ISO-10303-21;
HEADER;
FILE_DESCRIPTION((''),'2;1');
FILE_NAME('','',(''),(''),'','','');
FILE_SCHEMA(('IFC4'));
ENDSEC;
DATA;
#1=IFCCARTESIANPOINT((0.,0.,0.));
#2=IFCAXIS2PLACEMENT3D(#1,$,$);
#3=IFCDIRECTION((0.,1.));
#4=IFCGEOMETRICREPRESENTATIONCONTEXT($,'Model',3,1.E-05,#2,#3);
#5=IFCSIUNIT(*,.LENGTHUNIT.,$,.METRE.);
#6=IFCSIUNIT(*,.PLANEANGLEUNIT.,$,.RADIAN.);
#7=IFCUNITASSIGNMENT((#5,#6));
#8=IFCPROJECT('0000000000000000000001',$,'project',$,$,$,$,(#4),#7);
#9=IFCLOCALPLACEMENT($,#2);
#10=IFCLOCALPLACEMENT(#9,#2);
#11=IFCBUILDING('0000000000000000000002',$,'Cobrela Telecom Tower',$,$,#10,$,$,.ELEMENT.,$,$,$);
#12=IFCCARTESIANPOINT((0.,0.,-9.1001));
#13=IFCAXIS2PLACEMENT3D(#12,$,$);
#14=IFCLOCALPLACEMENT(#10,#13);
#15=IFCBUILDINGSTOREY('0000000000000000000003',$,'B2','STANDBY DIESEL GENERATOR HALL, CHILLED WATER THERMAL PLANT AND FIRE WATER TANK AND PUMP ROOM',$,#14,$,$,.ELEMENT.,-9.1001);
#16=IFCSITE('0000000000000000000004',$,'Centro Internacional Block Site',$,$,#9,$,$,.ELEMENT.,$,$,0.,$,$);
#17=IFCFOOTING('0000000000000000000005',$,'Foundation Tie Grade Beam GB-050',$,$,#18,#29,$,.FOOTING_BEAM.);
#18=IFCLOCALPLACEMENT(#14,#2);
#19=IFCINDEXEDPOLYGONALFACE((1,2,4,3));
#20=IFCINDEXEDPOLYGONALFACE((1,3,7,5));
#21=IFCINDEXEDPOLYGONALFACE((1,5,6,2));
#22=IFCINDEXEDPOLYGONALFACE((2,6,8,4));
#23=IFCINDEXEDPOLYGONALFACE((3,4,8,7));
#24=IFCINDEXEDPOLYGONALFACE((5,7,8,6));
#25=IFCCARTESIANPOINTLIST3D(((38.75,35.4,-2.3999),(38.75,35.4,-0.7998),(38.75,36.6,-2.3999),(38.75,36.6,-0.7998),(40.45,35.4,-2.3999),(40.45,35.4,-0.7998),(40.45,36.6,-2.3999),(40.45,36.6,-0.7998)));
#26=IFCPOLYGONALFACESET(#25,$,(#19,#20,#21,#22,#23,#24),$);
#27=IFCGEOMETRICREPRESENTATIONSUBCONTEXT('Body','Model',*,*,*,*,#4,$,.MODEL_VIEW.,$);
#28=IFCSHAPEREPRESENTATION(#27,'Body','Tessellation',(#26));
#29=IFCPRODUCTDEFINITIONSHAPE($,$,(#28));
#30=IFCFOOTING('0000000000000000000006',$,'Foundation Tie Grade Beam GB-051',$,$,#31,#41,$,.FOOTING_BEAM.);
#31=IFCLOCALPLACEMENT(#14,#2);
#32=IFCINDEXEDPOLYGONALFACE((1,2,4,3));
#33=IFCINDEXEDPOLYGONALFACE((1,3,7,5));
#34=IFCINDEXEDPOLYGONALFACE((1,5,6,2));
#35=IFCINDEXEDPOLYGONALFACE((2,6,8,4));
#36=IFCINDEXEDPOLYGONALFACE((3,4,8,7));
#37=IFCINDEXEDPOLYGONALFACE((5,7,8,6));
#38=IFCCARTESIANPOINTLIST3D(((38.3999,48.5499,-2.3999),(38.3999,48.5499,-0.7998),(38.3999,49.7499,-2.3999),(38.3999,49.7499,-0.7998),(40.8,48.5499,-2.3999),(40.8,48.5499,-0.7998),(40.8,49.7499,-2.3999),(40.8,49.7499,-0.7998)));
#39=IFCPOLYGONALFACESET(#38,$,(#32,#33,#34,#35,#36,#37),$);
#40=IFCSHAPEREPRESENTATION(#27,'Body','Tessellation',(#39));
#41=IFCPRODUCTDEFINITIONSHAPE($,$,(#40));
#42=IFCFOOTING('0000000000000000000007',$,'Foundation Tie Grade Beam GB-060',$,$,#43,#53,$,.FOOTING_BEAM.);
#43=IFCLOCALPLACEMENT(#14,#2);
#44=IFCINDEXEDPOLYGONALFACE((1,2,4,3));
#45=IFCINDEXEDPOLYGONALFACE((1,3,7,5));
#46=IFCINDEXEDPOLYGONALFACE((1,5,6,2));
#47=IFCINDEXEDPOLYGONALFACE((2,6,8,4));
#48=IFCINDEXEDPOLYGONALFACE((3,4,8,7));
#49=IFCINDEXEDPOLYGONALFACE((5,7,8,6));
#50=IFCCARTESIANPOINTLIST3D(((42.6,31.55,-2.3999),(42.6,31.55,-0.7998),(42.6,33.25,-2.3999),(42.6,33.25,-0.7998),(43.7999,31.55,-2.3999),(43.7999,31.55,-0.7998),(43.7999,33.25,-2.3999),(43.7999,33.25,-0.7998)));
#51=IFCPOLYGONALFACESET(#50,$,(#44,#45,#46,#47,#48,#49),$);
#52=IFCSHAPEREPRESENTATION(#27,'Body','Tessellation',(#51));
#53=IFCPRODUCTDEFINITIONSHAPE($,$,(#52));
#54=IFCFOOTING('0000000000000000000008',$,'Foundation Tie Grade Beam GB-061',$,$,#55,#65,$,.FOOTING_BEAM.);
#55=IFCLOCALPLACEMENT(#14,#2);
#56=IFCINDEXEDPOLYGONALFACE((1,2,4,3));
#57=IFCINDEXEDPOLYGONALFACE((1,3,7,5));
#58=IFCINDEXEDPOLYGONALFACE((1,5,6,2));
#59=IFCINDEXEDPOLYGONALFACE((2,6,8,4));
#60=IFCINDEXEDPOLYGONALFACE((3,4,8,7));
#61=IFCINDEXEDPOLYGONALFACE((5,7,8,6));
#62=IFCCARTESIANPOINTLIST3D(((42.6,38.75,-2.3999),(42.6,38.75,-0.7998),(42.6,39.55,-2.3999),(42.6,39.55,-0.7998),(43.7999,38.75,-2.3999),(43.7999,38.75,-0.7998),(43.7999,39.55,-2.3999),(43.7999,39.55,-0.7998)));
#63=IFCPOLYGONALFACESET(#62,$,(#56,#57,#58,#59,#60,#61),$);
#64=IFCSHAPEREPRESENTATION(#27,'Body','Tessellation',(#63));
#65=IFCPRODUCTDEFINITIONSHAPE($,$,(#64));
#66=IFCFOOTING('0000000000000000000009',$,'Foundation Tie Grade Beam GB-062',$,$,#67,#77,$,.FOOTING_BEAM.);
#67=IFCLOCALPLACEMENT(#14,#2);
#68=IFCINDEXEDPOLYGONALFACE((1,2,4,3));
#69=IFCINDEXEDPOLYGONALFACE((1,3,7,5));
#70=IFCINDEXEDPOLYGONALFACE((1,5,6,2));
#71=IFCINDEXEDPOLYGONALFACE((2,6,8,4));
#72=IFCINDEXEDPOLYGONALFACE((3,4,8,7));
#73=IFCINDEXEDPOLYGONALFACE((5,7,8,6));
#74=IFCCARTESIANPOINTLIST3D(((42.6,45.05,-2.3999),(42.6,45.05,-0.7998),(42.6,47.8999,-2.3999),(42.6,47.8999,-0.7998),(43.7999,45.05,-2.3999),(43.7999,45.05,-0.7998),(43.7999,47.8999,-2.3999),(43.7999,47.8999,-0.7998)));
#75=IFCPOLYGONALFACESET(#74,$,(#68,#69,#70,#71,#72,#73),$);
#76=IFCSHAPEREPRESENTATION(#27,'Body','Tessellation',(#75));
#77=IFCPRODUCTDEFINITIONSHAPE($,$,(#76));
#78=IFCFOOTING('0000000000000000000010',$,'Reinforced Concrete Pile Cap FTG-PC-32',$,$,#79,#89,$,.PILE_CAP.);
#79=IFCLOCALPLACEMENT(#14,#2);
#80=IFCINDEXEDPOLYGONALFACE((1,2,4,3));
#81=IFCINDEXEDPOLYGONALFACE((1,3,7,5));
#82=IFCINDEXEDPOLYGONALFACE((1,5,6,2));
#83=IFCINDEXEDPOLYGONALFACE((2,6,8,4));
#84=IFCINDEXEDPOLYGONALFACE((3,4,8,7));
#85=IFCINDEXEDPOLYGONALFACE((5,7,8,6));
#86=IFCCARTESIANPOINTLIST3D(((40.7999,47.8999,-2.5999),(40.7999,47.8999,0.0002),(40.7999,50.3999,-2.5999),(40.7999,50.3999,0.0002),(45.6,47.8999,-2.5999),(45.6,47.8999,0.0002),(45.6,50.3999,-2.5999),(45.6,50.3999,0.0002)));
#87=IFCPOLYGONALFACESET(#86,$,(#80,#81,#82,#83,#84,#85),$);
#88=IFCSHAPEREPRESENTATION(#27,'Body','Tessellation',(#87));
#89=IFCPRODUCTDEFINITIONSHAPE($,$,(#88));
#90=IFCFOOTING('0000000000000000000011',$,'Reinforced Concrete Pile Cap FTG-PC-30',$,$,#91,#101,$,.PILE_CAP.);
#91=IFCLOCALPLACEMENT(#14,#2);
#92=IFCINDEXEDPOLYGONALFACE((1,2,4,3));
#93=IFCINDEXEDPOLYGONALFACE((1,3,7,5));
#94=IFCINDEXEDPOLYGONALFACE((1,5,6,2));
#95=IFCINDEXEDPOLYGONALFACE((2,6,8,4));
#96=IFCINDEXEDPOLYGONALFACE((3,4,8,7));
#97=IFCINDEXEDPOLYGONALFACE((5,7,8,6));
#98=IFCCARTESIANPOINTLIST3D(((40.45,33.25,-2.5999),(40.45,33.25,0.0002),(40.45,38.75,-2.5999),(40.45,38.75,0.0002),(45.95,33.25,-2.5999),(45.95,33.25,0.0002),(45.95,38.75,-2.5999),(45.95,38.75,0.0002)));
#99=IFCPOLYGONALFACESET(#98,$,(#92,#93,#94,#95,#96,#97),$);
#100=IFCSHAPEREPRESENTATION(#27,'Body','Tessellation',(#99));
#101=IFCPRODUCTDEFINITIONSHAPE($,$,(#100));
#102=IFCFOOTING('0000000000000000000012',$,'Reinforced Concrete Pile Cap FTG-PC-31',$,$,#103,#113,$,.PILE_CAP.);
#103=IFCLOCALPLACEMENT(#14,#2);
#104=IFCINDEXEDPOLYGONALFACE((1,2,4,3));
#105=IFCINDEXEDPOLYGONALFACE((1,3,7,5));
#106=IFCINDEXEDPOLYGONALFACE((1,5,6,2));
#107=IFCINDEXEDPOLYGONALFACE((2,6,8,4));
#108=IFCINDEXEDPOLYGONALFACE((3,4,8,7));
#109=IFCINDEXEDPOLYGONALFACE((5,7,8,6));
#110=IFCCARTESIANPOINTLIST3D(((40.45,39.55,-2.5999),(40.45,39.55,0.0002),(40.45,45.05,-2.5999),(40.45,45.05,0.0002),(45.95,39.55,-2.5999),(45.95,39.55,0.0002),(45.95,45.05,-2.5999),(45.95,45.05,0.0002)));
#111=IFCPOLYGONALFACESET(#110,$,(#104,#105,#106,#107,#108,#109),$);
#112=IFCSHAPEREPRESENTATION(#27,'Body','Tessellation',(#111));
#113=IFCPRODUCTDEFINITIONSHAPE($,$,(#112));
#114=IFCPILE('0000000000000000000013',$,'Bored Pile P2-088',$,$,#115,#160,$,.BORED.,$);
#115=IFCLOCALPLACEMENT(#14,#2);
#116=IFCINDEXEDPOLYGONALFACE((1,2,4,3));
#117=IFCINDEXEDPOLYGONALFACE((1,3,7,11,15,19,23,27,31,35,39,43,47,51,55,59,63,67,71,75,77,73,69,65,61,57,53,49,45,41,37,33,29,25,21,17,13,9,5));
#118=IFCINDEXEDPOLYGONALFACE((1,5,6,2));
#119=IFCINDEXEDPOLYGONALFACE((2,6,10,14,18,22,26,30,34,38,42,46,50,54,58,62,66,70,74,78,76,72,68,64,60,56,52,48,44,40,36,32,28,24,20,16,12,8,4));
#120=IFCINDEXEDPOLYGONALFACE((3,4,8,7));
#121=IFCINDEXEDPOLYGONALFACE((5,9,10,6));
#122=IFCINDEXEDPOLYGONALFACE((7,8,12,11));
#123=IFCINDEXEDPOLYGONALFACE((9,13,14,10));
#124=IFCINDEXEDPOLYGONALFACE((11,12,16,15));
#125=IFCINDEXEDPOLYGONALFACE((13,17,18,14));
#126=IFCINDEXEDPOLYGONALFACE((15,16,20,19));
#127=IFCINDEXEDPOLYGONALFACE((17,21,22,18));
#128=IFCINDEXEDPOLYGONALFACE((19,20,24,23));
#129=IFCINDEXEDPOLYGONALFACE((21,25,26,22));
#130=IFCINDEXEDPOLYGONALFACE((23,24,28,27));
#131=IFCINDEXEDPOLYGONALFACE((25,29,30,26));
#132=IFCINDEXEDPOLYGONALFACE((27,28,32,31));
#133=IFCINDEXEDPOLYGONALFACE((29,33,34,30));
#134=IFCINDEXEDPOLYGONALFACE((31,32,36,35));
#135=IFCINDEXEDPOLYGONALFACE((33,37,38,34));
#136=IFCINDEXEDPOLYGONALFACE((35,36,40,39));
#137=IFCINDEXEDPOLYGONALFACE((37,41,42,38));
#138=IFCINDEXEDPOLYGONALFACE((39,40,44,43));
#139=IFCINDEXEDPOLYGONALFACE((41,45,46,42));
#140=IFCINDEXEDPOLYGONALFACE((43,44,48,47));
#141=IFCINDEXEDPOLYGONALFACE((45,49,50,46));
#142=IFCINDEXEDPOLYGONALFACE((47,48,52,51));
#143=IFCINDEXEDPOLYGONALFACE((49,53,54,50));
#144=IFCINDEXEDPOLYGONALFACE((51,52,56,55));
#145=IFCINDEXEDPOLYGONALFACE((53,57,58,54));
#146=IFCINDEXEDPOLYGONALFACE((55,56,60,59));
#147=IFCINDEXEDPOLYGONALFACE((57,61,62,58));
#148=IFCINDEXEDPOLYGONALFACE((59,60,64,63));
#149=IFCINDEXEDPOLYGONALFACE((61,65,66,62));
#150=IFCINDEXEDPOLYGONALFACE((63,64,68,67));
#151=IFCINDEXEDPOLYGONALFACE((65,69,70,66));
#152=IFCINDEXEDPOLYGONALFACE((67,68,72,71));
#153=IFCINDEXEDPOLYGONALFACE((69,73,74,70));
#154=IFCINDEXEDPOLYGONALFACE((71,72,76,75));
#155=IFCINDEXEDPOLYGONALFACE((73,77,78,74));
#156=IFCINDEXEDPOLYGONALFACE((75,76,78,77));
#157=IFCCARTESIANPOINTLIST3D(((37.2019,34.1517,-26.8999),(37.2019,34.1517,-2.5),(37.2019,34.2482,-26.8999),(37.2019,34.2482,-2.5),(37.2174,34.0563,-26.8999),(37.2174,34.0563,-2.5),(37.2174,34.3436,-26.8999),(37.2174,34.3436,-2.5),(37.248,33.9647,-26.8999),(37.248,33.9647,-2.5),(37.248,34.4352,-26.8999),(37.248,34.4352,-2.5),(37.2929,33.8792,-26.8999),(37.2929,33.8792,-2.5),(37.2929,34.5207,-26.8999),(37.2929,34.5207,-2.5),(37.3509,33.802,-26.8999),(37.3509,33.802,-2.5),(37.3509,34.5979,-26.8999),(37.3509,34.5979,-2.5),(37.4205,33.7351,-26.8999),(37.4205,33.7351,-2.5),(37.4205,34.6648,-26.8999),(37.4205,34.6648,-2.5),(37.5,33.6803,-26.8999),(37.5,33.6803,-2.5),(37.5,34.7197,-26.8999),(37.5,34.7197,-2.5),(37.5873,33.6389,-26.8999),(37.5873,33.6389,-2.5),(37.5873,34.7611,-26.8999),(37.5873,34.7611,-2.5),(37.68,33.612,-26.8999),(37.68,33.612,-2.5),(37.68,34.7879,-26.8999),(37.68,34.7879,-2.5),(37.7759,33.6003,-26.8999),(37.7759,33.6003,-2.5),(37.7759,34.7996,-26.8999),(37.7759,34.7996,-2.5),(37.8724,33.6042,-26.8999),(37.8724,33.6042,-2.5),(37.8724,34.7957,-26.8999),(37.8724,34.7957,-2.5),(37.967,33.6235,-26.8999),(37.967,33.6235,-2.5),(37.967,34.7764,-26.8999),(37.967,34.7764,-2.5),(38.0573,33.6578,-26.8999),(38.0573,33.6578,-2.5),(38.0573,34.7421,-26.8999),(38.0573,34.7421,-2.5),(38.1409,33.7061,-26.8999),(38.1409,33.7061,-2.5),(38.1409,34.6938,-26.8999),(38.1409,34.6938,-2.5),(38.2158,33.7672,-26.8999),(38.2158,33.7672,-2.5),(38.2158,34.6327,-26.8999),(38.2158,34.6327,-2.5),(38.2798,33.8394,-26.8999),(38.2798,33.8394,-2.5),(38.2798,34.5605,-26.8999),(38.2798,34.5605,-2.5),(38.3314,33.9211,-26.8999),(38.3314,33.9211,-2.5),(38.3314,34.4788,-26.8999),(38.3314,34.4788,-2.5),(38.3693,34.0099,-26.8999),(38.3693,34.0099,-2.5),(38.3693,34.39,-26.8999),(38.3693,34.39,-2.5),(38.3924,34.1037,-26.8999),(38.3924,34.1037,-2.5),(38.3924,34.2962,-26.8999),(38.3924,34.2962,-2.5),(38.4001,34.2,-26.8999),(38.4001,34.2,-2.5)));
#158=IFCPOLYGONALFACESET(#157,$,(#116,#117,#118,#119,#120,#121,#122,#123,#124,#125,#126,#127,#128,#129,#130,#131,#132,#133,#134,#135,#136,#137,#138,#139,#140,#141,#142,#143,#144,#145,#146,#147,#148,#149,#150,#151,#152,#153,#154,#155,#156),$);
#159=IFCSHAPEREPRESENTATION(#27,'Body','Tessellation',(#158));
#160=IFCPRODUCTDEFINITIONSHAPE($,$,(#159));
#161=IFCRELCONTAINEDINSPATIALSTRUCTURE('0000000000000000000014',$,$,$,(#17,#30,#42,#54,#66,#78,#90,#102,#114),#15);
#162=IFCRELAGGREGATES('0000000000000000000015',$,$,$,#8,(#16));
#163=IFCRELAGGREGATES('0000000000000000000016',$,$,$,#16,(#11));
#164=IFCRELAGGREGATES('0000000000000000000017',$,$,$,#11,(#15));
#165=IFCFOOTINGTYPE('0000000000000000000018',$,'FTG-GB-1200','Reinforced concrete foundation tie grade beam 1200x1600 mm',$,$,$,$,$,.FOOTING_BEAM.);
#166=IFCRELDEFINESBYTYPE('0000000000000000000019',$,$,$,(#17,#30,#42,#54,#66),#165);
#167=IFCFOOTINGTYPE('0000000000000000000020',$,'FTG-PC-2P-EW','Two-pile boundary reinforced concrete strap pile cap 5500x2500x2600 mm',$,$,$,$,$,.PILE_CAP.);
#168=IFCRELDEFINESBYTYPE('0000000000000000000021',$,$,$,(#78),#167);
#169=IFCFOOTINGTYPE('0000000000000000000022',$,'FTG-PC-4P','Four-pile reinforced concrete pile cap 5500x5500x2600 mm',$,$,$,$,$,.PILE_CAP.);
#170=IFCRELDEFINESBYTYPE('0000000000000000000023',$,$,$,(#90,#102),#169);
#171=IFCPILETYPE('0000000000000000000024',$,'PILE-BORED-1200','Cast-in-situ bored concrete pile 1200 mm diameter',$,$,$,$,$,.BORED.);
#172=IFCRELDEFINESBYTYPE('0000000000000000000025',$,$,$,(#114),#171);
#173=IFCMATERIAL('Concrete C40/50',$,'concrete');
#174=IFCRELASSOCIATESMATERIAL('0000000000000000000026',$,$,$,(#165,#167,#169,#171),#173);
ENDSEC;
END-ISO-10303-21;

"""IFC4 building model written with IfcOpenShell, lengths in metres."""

from ifc_helpers import new_model, si_unit, direction, frame, origin, origin_2d, place, context, subcontext, project, spatial, rectangle, circle, extrude, material, material_profile, profile_set, type_object, element, save


model = new_model("IFC4")

# Units and contexts
model_context = context("Model", 3, precision=1e-05, world=origin(), true_north=direction((0.0, 1.0)))
body_context = subcontext(model_context, "Body", "Model", "MODEL_VIEW")
ifc_project = project(units=[si_unit("LENGTHUNIT", "METRE"), si_unit("PLANEANGLEUNIT", "RADIAN")], contexts=[model_context])

# Site, building, storey
site_placement = place(None, origin())
site = spatial("IfcSite", under=ifc_project, at=site_placement, Name="Centro Internacional Block Site", CompositionType="ELEMENT", RefElevation=0.0)
building_placement = place(site_placement, origin())
building = spatial("IfcBuilding", under=site, at=building_placement, Name="Cobrela Telecom Tower", CompositionType="ELEMENT")
storey_placement = place(building_placement, frame((0.0, 0.0, -9.1001)))
storey = spatial("IfcBuildingStorey", under=building, at=storey_placement, Name="B2", Description="STANDBY DIESEL GENERATOR HALL, CHILLED WATER THERMAL PLANT AND FIRE WATER TANK AND PUMP ROOM", CompositionType="ELEMENT", Elevation=-9.1001)

# Footings
ifc_material_1 = material(Name="Concrete C40/50", Category="concrete")
ifc_material_profile_1 = material_profile(ifc_material_1, rectangle(XDim=1.2, YDim=1.6001, at=origin_2d()), Name="GB 1200x1600")
ifc_profile_set_1 = profile_set([ifc_material_profile_1], Name="Concrete C40/50")
footing_type_1 = type_object("IfcFootingType", Name="FTG-GB-1200", Description="Reinforced concrete foundation tie grade beam 1200x1600 mm", PredefinedType="FOOTING_BEAM", material=ifc_profile_set_1)
footing_1_placement = place(storey_placement, frame((38.75, 36.0, -1.5999), z_axis=(1.0, 0.0, 0.0), x_axis=(0.0, 1.0, 0.0)))
element("IfcFooting", 1, at=footing_1_placement, inside=storey, type_object=footing_type_1, Name="Foundation Tie Grade Beam GB-050", PredefinedType="FOOTING_BEAM", context=body_context, shape_type="SweptSolid", body=[
    extrude(rectangle(XDim=1.2, YDim=1.6001, at=origin_2d()), origin(), (0.0, 0.0, 1.0), 1.7),
])
footing_2_placement = place(storey_placement, frame((38.3999, 49.1499, -1.5999), z_axis=(1.0, 0.0, 0.0), x_axis=(0.0, 1.0, 0.0)))
element("IfcFooting", 2, at=footing_2_placement, inside=storey, type_object=footing_type_1, Name="Foundation Tie Grade Beam GB-051", PredefinedType="FOOTING_BEAM", context=body_context, shape_type="SweptSolid", body=[
    extrude(rectangle(XDim=1.2, YDim=1.6001, at=origin_2d()), origin(), (0.0, 0.0, 1.0), 2.4001),
])
footing_3_placement = place(storey_placement, frame((43.2, 31.55, -1.5999), z_axis=(0.0, 1.0, 0.0), x_axis=(-1.0, 0.0, 0.0)))
element("IfcFooting", 3, at=footing_3_placement, inside=storey, type_object=footing_type_1, Name="Foundation Tie Grade Beam GB-060", PredefinedType="FOOTING_BEAM", context=body_context, shape_type="SweptSolid", body=[
    extrude(rectangle(XDim=1.2, YDim=1.6001, at=origin_2d()), origin(), (0.0, 0.0, 1.0), 1.7),
])
footing_4_placement = place(storey_placement, frame((43.2, 38.75, -1.5999), z_axis=(0.0, 1.0, 0.0), x_axis=(-1.0, 0.0, 0.0)))
element("IfcFooting", 4, at=footing_4_placement, inside=storey, type_object=footing_type_1, Name="Foundation Tie Grade Beam GB-061", PredefinedType="FOOTING_BEAM", context=body_context, shape_type="SweptSolid", body=[
    extrude(rectangle(XDim=1.2, YDim=1.6001, at=origin_2d()), origin(), (0.0, 0.0, 1.0), 0.8),
])
footing_5_placement = place(storey_placement, frame((43.2, 45.05, -1.5999), z_axis=(0.0, 1.0, 0.0), x_axis=(-1.0, 0.0, 0.0)))
element("IfcFooting", 5, at=footing_5_placement, inside=storey, type_object=footing_type_1, Name="Foundation Tie Grade Beam GB-062", PredefinedType="FOOTING_BEAM", context=body_context, shape_type="SweptSolid", body=[
    extrude(rectangle(XDim=1.2, YDim=1.6001, at=origin_2d()), origin(), (0.0, 0.0, 1.0), 2.8499),
])
footing_type_2 = type_object("IfcFootingType", Name="FTG-PC-2P-EW", Description="Two-pile boundary reinforced concrete strap pile cap 5500x2500x2600 mm", PredefinedType="PILE_CAP", material=ifc_material_1)
footing_6_placement = place(storey_placement, frame((43.2, 49.1499, -2.5999), z_axis=(0.0, 0.0, 1.0), x_axis=(1.0, 0.0, 0.0)))
element("IfcFooting", 6, at=footing_6_placement, inside=storey, type_object=footing_type_2, Name="Reinforced Concrete Pile Cap FTG-PC-32", PredefinedType="PILE_CAP", context=body_context, shape_type="SweptSolid", body=[
    extrude(rectangle(XDim=4.8, YDim=2.5, at=origin_2d()), origin(), (0.0, 0.0, 1.0), 2.6001),
])
footing_type_3 = type_object("IfcFootingType", Name="FTG-PC-4P", Description="Four-pile reinforced concrete pile cap 5500x5500x2600 mm", PredefinedType="PILE_CAP", material=ifc_material_1)
for number, where, z_axis, x_axis, name in (
    (7, (43.2, 36.0, -2.5999), (0.0, 0.0, 1.0), (1.0, 0.0, 0.0), "Reinforced Concrete Pile Cap FTG-PC-30"),
    (8, (43.2, 42.3, -2.5999), (0.0, 0.0, 1.0), (1.0, 0.0, 0.0), "Reinforced Concrete Pile Cap FTG-PC-31"),
):
    element("IfcFooting", number, at=place(storey_placement, frame(where, z_axis=z_axis, x_axis=x_axis)), inside=storey, type_object=footing_type_3, Name=name, PredefinedType="PILE_CAP", context=body_context, shape_type="SweptSolid", body=[
        extrude(rectangle(XDim=5.5, YDim=5.5, at=origin_2d()), origin(), (0.0, 0.0, 1.0), 2.6001),
    ])

# Pile
ifc_material_profile_2 = material_profile(ifc_material_1, circle(Radius=0.6001, at=origin_2d()), Name="BORED PILE D1200")
ifc_profile_set_2 = profile_set([ifc_material_profile_2], Name="Concrete C40/50")
pile_type = type_object("IfcPileType", Name="PILE-BORED-1200", Description="Cast-in-situ bored concrete pile 1200 mm diameter", PredefinedType="BORED", material=ifc_profile_set_2)
for number, where, z_axis, x_axis, name in (
    (9, (37.8, 34.2, -2.5), (0.0, 0.0, -1.0), (1.0, 0.0, 0.0), "Bored Pile P2-088"),
):
    element("IfcPile", number, at=place(storey_placement, frame(where, z_axis=z_axis, x_axis=x_axis)), inside=storey, type_object=pile_type, Name=name, PredefinedType="BORED", context=body_context, shape_type="SweptSolid", body=[
        extrude(circle(Radius=0.6001, at=origin_2d()), origin(), (0.0, 0.0, 1.0), 24.3999),
    ])

save(model, "model.ifc")
